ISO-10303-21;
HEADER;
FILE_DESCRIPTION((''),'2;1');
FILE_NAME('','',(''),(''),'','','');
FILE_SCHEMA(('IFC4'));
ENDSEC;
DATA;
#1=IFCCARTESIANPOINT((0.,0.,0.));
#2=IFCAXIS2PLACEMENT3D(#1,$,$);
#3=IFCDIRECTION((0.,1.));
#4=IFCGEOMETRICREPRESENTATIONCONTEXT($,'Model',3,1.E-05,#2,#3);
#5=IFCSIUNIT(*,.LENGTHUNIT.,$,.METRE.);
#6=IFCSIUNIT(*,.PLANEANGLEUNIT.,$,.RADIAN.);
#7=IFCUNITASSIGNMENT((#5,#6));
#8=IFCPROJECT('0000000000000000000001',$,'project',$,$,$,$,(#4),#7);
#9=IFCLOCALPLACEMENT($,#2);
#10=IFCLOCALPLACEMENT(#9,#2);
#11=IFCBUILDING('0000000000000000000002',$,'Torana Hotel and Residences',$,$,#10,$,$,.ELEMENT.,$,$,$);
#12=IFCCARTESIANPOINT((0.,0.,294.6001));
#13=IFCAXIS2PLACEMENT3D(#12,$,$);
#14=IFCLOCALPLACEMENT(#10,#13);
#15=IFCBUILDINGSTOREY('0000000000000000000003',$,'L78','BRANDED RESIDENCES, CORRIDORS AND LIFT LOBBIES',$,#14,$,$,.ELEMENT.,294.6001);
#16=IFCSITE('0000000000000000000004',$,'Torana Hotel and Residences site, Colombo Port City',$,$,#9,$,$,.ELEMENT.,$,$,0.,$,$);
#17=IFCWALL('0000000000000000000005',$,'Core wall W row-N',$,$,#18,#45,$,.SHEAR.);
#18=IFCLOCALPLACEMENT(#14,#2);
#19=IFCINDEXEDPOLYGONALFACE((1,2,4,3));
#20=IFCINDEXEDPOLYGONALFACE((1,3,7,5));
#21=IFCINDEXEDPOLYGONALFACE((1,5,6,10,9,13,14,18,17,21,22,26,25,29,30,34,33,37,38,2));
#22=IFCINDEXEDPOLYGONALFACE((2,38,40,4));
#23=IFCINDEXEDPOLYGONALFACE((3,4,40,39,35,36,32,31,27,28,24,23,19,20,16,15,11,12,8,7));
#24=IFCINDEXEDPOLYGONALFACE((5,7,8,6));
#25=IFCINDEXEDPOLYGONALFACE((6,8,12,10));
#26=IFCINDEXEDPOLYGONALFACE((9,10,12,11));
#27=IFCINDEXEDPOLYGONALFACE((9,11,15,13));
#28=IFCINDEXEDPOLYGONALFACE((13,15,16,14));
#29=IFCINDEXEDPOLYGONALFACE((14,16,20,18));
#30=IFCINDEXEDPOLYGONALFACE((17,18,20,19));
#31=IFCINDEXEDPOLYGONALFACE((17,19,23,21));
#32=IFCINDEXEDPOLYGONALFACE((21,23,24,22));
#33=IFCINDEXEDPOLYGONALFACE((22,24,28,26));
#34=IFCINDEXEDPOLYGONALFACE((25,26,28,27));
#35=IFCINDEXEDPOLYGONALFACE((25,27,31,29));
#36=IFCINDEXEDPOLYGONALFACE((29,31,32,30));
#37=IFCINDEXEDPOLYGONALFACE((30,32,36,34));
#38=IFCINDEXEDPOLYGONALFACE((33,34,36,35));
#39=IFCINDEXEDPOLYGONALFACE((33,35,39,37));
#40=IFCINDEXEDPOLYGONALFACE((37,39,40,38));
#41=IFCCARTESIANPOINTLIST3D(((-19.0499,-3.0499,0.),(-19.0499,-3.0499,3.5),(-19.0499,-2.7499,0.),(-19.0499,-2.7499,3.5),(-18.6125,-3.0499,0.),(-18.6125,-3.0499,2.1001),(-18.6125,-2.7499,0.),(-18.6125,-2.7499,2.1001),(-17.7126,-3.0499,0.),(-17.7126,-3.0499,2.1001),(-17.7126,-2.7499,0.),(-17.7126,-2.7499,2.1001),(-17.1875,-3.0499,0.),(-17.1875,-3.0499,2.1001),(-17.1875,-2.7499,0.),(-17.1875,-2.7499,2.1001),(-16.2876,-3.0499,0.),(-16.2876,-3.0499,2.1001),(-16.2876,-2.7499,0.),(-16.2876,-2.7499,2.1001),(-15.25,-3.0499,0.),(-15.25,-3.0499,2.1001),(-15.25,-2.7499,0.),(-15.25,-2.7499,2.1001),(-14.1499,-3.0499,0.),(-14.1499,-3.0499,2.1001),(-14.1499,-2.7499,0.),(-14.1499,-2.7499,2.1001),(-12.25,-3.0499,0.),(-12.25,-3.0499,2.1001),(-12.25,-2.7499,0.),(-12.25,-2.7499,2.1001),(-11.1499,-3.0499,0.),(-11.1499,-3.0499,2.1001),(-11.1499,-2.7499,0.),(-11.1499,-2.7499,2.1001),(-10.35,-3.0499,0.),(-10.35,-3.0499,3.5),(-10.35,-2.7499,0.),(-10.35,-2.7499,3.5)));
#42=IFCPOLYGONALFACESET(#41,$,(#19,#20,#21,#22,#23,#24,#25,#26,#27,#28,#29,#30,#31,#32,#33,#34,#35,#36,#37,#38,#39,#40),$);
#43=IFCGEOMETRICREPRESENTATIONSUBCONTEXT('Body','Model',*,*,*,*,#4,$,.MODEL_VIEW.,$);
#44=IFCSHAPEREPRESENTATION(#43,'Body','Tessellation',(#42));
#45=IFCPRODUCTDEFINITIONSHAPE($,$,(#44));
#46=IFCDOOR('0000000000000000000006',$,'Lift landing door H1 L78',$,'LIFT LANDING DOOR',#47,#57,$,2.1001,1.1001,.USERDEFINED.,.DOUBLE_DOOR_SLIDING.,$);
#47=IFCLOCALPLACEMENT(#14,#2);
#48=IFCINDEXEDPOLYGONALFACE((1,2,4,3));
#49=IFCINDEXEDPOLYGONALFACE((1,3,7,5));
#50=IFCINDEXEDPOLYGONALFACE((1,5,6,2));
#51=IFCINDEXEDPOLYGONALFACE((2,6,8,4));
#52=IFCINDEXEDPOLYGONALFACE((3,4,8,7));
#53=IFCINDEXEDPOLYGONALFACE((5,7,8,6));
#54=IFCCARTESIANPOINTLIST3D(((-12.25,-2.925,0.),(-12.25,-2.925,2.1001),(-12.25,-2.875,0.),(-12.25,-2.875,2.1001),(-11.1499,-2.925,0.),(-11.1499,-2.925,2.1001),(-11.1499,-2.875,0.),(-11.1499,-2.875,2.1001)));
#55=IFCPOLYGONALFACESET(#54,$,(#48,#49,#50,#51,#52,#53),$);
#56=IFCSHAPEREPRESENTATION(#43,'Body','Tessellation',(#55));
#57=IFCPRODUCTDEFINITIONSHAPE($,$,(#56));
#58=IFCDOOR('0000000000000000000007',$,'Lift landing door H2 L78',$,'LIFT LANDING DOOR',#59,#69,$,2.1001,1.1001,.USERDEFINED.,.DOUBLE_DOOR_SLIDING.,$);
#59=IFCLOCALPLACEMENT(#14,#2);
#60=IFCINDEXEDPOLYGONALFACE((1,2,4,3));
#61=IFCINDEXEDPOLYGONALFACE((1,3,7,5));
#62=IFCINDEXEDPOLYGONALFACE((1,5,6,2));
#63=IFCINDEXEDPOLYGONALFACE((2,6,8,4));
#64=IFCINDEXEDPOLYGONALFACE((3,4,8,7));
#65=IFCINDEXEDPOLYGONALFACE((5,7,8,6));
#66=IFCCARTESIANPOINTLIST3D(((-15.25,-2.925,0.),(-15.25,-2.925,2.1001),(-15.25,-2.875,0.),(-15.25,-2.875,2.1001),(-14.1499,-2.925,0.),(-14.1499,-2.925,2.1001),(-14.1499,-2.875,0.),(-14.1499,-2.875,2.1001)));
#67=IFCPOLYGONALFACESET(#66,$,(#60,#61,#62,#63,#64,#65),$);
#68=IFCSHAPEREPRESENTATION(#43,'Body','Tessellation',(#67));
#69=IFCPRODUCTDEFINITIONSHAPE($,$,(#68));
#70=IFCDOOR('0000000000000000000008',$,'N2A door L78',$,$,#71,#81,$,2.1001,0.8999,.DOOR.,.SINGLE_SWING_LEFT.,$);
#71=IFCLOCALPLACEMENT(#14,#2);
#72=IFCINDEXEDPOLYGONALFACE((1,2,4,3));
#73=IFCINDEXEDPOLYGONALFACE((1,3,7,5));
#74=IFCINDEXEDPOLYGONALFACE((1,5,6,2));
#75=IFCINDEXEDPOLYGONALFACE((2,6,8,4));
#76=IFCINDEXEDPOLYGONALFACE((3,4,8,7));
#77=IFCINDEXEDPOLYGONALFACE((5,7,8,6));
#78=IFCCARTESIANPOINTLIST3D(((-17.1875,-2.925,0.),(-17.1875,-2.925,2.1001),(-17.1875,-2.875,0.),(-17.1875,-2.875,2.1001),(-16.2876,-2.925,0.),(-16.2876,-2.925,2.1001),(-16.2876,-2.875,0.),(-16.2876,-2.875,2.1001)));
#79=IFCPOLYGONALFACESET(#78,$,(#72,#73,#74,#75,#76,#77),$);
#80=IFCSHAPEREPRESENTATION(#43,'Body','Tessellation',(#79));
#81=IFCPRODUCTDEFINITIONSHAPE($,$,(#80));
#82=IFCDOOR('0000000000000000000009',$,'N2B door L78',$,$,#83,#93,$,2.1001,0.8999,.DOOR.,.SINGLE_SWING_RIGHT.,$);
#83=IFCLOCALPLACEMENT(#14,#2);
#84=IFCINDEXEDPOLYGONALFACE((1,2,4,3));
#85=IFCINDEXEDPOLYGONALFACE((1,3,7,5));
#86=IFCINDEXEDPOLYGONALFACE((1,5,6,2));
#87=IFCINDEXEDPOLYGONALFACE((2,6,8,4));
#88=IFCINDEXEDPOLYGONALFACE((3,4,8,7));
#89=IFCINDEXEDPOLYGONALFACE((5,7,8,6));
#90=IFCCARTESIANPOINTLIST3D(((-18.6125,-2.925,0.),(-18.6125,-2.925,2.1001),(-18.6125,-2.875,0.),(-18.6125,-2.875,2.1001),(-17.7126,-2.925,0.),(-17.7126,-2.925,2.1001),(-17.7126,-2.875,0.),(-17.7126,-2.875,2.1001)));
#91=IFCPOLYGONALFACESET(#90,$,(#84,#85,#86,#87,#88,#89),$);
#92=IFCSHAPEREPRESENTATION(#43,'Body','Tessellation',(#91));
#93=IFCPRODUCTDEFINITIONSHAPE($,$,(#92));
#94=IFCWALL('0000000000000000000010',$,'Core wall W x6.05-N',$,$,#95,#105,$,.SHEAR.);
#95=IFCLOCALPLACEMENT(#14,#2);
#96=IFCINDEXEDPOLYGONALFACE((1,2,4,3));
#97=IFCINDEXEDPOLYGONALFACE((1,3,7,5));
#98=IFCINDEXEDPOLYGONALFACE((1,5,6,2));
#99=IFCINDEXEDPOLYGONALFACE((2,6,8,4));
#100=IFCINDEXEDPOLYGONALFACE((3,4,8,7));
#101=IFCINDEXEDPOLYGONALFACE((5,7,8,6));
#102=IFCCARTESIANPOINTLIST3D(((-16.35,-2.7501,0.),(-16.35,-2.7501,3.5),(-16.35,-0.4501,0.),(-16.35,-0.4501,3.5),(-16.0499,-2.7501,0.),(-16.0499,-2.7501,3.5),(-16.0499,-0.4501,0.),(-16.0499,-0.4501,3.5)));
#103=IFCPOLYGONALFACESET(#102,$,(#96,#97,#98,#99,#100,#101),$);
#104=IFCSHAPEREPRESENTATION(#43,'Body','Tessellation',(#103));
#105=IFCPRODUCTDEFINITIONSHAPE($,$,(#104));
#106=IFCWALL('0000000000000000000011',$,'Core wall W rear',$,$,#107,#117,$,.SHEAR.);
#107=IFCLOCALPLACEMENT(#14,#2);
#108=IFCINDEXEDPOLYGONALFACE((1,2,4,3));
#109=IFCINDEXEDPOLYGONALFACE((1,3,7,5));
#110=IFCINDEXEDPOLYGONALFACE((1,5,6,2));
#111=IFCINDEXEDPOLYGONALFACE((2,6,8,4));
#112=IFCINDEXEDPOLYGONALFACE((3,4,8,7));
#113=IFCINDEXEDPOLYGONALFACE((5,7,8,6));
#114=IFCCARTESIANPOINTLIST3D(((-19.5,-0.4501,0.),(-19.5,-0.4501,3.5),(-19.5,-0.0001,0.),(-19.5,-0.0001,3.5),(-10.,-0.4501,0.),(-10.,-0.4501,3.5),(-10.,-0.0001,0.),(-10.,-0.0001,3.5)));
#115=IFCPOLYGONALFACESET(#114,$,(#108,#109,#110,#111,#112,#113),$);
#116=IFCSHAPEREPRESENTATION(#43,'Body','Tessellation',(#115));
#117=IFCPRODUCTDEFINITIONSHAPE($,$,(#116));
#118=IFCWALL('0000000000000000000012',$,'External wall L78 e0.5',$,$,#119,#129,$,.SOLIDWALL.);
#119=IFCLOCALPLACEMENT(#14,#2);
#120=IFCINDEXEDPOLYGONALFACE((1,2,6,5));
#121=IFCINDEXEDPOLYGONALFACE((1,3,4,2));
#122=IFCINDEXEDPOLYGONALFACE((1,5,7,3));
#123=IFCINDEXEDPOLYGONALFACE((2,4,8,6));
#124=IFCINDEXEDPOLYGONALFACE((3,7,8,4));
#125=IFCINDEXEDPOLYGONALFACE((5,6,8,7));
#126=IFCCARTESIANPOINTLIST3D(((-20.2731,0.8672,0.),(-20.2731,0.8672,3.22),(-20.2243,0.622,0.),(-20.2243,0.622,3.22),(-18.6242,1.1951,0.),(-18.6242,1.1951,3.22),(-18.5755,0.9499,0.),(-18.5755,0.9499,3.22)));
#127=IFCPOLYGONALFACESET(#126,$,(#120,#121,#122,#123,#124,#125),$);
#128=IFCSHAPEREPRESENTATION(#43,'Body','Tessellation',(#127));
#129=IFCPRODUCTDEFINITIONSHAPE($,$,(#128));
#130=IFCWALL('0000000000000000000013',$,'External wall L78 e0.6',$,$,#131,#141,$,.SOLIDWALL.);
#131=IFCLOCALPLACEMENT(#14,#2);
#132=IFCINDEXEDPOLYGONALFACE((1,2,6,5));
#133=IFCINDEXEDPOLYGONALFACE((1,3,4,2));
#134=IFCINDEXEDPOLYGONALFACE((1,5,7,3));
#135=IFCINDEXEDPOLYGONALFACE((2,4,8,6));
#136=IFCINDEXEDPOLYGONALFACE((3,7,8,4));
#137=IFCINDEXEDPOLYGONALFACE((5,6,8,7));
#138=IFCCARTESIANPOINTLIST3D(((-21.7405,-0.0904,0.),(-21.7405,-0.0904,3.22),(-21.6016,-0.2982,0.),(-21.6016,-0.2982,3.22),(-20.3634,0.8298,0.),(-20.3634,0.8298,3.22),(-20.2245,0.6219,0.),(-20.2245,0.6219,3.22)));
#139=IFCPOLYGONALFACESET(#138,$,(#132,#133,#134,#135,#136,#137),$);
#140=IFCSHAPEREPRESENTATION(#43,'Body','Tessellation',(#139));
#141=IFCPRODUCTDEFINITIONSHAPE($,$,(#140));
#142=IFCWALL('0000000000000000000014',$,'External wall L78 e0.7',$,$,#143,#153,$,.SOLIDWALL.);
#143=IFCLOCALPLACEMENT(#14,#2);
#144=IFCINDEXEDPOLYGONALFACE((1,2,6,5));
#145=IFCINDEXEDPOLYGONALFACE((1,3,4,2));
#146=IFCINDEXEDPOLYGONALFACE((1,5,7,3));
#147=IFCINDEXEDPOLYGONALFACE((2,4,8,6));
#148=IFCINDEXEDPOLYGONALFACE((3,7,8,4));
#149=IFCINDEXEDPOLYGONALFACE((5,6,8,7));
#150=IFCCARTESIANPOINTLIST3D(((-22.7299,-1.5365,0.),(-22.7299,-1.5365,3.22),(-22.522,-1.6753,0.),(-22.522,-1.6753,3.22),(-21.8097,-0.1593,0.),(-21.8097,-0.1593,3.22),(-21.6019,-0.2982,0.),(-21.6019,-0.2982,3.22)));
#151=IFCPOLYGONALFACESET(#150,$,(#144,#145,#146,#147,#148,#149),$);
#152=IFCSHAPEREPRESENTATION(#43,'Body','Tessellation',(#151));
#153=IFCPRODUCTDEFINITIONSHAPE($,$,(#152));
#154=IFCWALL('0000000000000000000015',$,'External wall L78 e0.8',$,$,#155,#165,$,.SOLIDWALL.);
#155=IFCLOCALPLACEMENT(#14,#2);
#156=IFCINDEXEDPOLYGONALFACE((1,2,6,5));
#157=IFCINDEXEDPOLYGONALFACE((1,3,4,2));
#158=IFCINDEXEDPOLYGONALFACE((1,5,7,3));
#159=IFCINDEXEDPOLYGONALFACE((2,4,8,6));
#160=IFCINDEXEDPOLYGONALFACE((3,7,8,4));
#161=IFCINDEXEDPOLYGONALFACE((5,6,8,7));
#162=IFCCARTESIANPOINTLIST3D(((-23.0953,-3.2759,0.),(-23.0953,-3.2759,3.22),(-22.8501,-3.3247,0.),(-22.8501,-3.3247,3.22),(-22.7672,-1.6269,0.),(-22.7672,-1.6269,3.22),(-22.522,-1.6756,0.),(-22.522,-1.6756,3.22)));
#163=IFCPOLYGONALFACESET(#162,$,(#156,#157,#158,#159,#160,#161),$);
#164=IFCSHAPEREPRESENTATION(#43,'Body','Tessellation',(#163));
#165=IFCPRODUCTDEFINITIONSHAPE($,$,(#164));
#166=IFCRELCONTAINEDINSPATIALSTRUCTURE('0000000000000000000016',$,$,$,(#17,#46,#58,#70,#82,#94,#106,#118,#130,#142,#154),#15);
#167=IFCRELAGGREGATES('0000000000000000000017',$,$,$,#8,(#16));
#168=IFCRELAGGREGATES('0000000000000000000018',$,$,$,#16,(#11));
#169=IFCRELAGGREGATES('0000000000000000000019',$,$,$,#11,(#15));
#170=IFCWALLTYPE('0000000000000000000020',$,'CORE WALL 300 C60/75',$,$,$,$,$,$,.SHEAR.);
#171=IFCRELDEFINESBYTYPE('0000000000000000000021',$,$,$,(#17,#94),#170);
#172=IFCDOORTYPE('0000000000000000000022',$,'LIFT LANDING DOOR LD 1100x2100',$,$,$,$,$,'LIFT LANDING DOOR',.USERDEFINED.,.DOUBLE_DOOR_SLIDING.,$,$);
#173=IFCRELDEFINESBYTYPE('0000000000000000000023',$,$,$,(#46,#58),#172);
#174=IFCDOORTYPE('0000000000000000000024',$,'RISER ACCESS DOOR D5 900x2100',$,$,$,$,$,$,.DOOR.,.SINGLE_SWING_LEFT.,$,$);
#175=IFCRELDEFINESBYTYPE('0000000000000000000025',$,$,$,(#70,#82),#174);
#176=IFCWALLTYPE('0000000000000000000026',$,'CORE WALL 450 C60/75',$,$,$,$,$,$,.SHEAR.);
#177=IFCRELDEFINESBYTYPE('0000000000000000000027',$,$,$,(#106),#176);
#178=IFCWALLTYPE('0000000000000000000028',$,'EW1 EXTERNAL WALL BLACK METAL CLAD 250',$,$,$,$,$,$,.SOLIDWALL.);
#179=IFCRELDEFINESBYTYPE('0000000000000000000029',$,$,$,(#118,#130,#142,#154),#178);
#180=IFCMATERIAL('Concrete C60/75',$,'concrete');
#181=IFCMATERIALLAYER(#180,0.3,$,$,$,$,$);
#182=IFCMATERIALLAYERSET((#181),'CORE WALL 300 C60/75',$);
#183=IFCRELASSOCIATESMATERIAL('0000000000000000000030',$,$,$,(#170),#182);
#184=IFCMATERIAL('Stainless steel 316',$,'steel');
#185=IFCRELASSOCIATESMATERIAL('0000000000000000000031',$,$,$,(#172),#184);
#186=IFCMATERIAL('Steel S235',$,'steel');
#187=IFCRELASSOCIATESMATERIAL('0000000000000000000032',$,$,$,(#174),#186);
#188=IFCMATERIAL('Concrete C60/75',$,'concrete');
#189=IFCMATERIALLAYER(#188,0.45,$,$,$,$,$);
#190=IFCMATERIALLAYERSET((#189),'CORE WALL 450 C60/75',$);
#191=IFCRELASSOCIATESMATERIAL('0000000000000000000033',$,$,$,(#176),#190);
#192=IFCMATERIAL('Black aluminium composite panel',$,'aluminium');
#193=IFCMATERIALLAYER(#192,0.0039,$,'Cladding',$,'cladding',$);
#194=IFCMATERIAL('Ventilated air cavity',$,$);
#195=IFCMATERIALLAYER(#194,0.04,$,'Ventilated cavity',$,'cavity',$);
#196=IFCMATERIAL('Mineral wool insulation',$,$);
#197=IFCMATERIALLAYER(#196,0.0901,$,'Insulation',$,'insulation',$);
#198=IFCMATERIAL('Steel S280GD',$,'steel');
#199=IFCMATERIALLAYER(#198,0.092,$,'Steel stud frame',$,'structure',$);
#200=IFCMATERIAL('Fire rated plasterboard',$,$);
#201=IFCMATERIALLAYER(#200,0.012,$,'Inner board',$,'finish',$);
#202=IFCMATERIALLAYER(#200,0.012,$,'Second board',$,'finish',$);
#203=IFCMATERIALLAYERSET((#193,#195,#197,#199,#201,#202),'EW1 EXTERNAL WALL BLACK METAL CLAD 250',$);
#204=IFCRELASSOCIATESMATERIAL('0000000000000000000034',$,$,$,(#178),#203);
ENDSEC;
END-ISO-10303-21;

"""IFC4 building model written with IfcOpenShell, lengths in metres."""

from ifc_helpers import new_model, si_unit, direction, frame, frame_2d, origin, place, context, subcontext, project, spatial, rectangle, extrude, material, layer, layer_set, type_object, element, fill, save


model = new_model("IFC4")

# Units and contexts
model_context = context("Model", 3, precision=1e-05, world=origin(), true_north=direction((0.0, 1.0)))
body_context = subcontext(model_context, "Body", "Model", "MODEL_VIEW")
ifc_project = project(units=[si_unit("LENGTHUNIT", "METRE"), si_unit("PLANEANGLEUNIT", "RADIAN")], contexts=[model_context])

# Site, building, storey
site_placement = place(None, origin())
site = spatial("IfcSite", under=ifc_project, at=site_placement, Name="Torana Hotel and Residences site, Colombo Port City", CompositionType="ELEMENT", RefElevation=0.0)
building_placement = place(site_placement, origin())
building = spatial("IfcBuilding", under=site, at=building_placement, Name="Torana Hotel and Residences", CompositionType="ELEMENT")
storey_placement = place(building_placement, frame((0.0, 0.0, 294.6001)))
storey = spatial("IfcBuildingStorey", under=building, at=storey_placement, Name="L78", Description="BRANDED RESIDENCES, CORRIDORS AND LIFT LOBBIES", CompositionType="ELEMENT", Elevation=294.6001)

# Wall, openings, doors
ifc_material_1 = material(Name="Concrete C60/75", Category="concrete")
ifc_layer_1 = layer(ifc_material_1, 0.3)
ifc_layer_set_1 = layer_set([ifc_layer_1], Name="CORE WALL 300 C60/75")
wall_type_1 = type_object("IfcWallType", Name="CORE WALL 300 C60/75", PredefinedType="SHEAR", material=ifc_layer_set_1)
wall_1_placement = place(storey_placement, frame((-19.05, -2.8999, 0.0), z_axis=(0.0, 0.0, 1.0), x_axis=(1.0, 0.0, 0.0)))
wall_1 = element("IfcWall", 1, at=wall_1_placement, inside=storey, type_object=wall_type_1, Name="Core wall W row-N", PredefinedType="SHEAR", context=body_context, shape_type="SweptSolid", body=[
    extrude(rectangle(XDim=8.7, YDim=0.3, at=frame_2d((4.3501, 0.0))), origin(), (0.0, 0.0, 1.0), 3.5),
])
opening_1_placement = place(wall_1_placement, frame((6.8, 0.0, 0.0)))
opening_1 = element("IfcOpeningElement", 2, at=opening_1_placement, cuts=wall_1, PredefinedType="OPENING", context=body_context, shape_type="SweptSolid", body=[
    extrude(rectangle(XDim=1.1001, YDim=2.1001, at=frame_2d((0.55, 1.05))), frame((0.0, 0.1599, 0.0), z_axis=(0.0, -1.0, 0.0), x_axis=(1.0, 0.0, 0.0)), (0.0, 0.0, 1.0), 0.3201),
])
opening_2_placement = place(wall_1_placement, frame((3.8, 0.0, 0.0)))
opening_2 = element("IfcOpeningElement", 3, at=opening_2_placement, cuts=wall_1, PredefinedType="OPENING", context=body_context, shape_type="SweptSolid", body=[
    extrude(rectangle(XDim=1.1001, YDim=2.1001, at=frame_2d((0.55, 1.05))), frame((0.0, 0.1599, 0.0), z_axis=(0.0, -1.0, 0.0), x_axis=(1.0, 0.0, 0.0)), (0.0, 0.0, 1.0), 0.3201),
])
opening_3_placement = place(wall_1_placement, frame((1.8625, 0.0, 0.0)))
opening_3 = element("IfcOpeningElement", 4, at=opening_3_placement, cuts=wall_1, PredefinedType="OPENING", context=body_context, shape_type="SweptSolid", body=[
    extrude(rectangle(XDim=0.8999, YDim=2.1001, at=frame_2d((0.45, 1.05))), frame((0.0, 0.1599, 0.0), z_axis=(0.0, -1.0, 0.0), x_axis=(1.0, 0.0, 0.0)), (0.0, 0.0, 1.0), 0.3201),
])
opening_4_placement = place(wall_1_placement, frame((0.4375, 0.0, 0.0)))
opening_4 = element("IfcOpeningElement", 5, at=opening_4_placement, cuts=wall_1, PredefinedType="OPENING", context=body_context, shape_type="SweptSolid", body=[
    extrude(rectangle(XDim=0.8999, YDim=2.1001, at=frame_2d((0.45, 1.05))), frame((0.0, 0.1599, 0.0), z_axis=(0.0, -1.0, 0.0), x_axis=(1.0, 0.0, 0.0)), (0.0, 0.0, 1.0), 0.3201),
])
ifc_material_2 = material(Name="Stainless steel 316", Category="steel")
door_type_1 = type_object("IfcDoorType", Name="LIFT LANDING DOOR LD 1100x2100", ElementType="LIFT LANDING DOOR", OperationType="DOUBLE_DOOR_SLIDING", PredefinedType="USERDEFINED", material=ifc_material_2)
door_1_placement = place(opening_1_placement, origin())
door_1 = element("IfcDoor", 6, at=door_1_placement, inside=storey, type_object=door_type_1, Name="Lift landing door H1 L78", ObjectType="LIFT LANDING DOOR", OperationType="DOUBLE_DOOR_SLIDING", OverallHeight=2.1001, OverallWidth=1.1001, PredefinedType="USERDEFINED", context=body_context, shape_type="SweptSolid", body=[
    extrude(rectangle(XDim=1.1001, YDim=2.1001, at=frame_2d((0.55, 1.05))), frame((0.0, 0.0249, 0.0), z_axis=(0.0, -1.0, 0.0), x_axis=(1.0, 0.0, 0.0)), (0.0, 0.0, 1.0), 0.05),
])
fill(opening_1, door_1)
door_2_placement = place(opening_2_placement, origin())
door_2 = element("IfcDoor", 7, at=door_2_placement, inside=storey, type_object=door_type_1, Name="Lift landing door H2 L78", ObjectType="LIFT LANDING DOOR", OperationType="DOUBLE_DOOR_SLIDING", OverallHeight=2.1001, OverallWidth=1.1001, PredefinedType="USERDEFINED", context=body_context, shape_type="SweptSolid", body=[
    extrude(rectangle(XDim=1.1001, YDim=2.1001, at=frame_2d((0.55, 1.05))), frame((0.0, 0.0249, 0.0), z_axis=(0.0, -1.0, 0.0), x_axis=(1.0, 0.0, 0.0)), (0.0, 0.0, 1.0), 0.05),
])
fill(opening_2, door_2)
ifc_material_3 = material(Name="Steel S235", Category="steel")
door_type_2 = type_object("IfcDoorType", Name="RISER ACCESS DOOR D5 900x2100", OperationType="SINGLE_SWING_LEFT", PredefinedType="DOOR", material=ifc_material_3)
door_3_placement = place(opening_3_placement, origin())
door_3 = element("IfcDoor", 8, at=door_3_placement, inside=storey, type_object=door_type_2, Name="N2A door L78", OperationType="SINGLE_SWING_LEFT", OverallHeight=2.1001, OverallWidth=0.8999, PredefinedType="DOOR", context=body_context, shape_type="SweptSolid", body=[
    extrude(rectangle(XDim=0.8999, YDim=2.1001, at=frame_2d((0.45, 1.05))), frame((0.0, 0.0249, 0.0), z_axis=(0.0, -1.0, 0.0), x_axis=(1.0, 0.0, 0.0)), (0.0, 0.0, 1.0), 0.05),
])
fill(opening_3, door_3)
door_4_placement = place(opening_4_placement, origin())
door_4 = element("IfcDoor", 9, at=door_4_placement, inside=storey, type_object=door_type_2, Name="N2B door L78", OperationType="SINGLE_SWING_RIGHT", OverallHeight=2.1001, OverallWidth=0.8999, PredefinedType="DOOR", context=body_context, shape_type="SweptSolid", body=[
    extrude(rectangle(XDim=0.8999, YDim=2.1001, at=frame_2d((0.45, 1.05))), frame((0.0, 0.0249, 0.0), z_axis=(0.0, -1.0, 0.0), x_axis=(1.0, 0.0, 0.0)), (0.0, 0.0, 1.0), 0.05),
])
fill(opening_4, door_4)

# Walls
wall_2_placement = place(storey_placement, frame((-16.2, -2.75, 0.0), z_axis=(0.0, 0.0, 1.0), x_axis=(0.0, 1.0, 0.0)))
element("IfcWall", 10, at=wall_2_placement, inside=storey, type_object=wall_type_1, Name="Core wall W x6.05-N", PredefinedType="SHEAR", context=body_context, shape_type="SweptSolid", body=[
    extrude(rectangle(XDim=2.3, YDim=0.3, at=frame_2d((1.1499, 0.0))), origin(), (0.0, 0.0, 1.0), 3.5),
])
ifc_material_4 = material(Name="Concrete C60/75", Category="concrete")
ifc_layer_2 = layer(ifc_material_4, 0.45)
ifc_layer_set_2 = layer_set([ifc_layer_2], Name="CORE WALL 450 C60/75")
wall_type_2 = type_object("IfcWallType", Name="CORE WALL 450 C60/75", PredefinedType="SHEAR", material=ifc_layer_set_2)
wall_3_placement = place(storey_placement, frame((-19.5, -0.2251, 0.0), z_axis=(0.0, 0.0, 1.0), x_axis=(1.0, 0.0, 0.0)))
element("IfcWall", 11, at=wall_3_placement, inside=storey, type_object=wall_type_2, Name="Core wall W rear", PredefinedType="SHEAR", context=body_context, shape_type="SweptSolid", body=[
    extrude(rectangle(XDim=9.5, YDim=0.45, at=frame_2d((4.75, 0.0))), origin(), (0.0, 0.0, 1.0), 3.5),
])
ifc_material_5 = material(Name="Black aluminium composite panel", Category="aluminium")
ifc_layer_3 = layer(ifc_material_5, 0.0039, Name="Cladding", Category="cladding")
ifc_material_6 = material(Name="Ventilated air cavity")
ifc_layer_4 = layer(ifc_material_6, 0.04, Name="Ventilated cavity", Category="cavity")
ifc_material_7 = material(Name="Mineral wool insulation")
ifc_layer_5 = layer(ifc_material_7, 0.0901, Name="Insulation", Category="insulation")
ifc_material_8 = material(Name="Steel S280GD", Category="steel")
ifc_layer_6 = layer(ifc_material_8, 0.092, Name="Steel stud frame", Category="structure")
ifc_material_9 = material(Name="Fire rated plasterboard")
ifc_layer_7 = layer(ifc_material_9, 0.012, Name="Inner board", Category="finish")
ifc_layer_8 = layer(ifc_material_9, 0.012, Name="Second board", Category="finish")
ifc_layer_set_3 = layer_set([ifc_layer_3, ifc_layer_4, ifc_layer_5, ifc_layer_6, ifc_layer_7, ifc_layer_8], Name="EW1 EXTERNAL WALL BLACK METAL CLAD 250")
wall_type_3 = type_object("IfcWallType", Name="EW1 EXTERNAL WALL BLACK METAL CLAD 250", PredefinedType="SOLIDWALL", material=ifc_layer_set_3)
wall_4_placement = place(storey_placement, frame((-18.5999, 1.0725, 0.0), z_axis=(0.0, 0.0, 1.0), x_axis=(-0.980798, -0.195027, 0.0)))
element("IfcWall", 12, at=wall_4_placement, inside=storey, type_object=wall_type_3, Name="External wall L78 e0.5", PredefinedType="SOLIDWALL", context=body_context, shape_type="SweptSolid", body=[
    extrude(rectangle(XDim=1.6812, YDim=0.25, at=frame_2d((0.8406, 0.0))), origin(), (0.0, 0.0, 1.0), 3.22),
])
for number, where, z_axis, x_axis, name in (
    (13, (-20.2939, 0.7258, 0.0), (0.0, 0.0, 1.0), (-0.831483, -0.55555, 0.0), "External wall L78 e0.6"),
    (14, (-21.7058, -0.2288, 0.0), (0.0, 0.0, 1.0), (-0.55555, -0.831483, 0.0), "External wall L78 e0.7"),
):
    element("IfcWall", number, at=place(storey_placement, frame(where, z_axis=z_axis, x_axis=x_axis)), inside=storey, type_object=wall_type_3, Name=name, PredefinedType="SOLIDWALL", context=body_context, shape_type="SweptSolid", body=[
        extrude(rectangle(XDim=1.6562, YDim=0.25, at=frame_2d((0.8281, 0.0))), origin(), (0.0, 0.0, 1.0), 3.22),
    ])
wall_5_placement = place(storey_placement, frame((-22.6445, -1.6511, 0.0), z_axis=(0.0, 0.0, 1.0), x_axis=(-0.195139, -0.980776, 0.0)))
element("IfcWall", 15, at=wall_5_placement, inside=storey, type_object=wall_type_3, Name="External wall L78 e0.8", PredefinedType="SOLIDWALL", context=body_context, shape_type="SweptSolid", body=[
    extrude(rectangle(XDim=1.6814, YDim=0.25, at=frame_2d((0.8408, 0.0))), origin(), (0.0, 0.0, 1.0), 3.22),
])

save(model, "model.ifc")
